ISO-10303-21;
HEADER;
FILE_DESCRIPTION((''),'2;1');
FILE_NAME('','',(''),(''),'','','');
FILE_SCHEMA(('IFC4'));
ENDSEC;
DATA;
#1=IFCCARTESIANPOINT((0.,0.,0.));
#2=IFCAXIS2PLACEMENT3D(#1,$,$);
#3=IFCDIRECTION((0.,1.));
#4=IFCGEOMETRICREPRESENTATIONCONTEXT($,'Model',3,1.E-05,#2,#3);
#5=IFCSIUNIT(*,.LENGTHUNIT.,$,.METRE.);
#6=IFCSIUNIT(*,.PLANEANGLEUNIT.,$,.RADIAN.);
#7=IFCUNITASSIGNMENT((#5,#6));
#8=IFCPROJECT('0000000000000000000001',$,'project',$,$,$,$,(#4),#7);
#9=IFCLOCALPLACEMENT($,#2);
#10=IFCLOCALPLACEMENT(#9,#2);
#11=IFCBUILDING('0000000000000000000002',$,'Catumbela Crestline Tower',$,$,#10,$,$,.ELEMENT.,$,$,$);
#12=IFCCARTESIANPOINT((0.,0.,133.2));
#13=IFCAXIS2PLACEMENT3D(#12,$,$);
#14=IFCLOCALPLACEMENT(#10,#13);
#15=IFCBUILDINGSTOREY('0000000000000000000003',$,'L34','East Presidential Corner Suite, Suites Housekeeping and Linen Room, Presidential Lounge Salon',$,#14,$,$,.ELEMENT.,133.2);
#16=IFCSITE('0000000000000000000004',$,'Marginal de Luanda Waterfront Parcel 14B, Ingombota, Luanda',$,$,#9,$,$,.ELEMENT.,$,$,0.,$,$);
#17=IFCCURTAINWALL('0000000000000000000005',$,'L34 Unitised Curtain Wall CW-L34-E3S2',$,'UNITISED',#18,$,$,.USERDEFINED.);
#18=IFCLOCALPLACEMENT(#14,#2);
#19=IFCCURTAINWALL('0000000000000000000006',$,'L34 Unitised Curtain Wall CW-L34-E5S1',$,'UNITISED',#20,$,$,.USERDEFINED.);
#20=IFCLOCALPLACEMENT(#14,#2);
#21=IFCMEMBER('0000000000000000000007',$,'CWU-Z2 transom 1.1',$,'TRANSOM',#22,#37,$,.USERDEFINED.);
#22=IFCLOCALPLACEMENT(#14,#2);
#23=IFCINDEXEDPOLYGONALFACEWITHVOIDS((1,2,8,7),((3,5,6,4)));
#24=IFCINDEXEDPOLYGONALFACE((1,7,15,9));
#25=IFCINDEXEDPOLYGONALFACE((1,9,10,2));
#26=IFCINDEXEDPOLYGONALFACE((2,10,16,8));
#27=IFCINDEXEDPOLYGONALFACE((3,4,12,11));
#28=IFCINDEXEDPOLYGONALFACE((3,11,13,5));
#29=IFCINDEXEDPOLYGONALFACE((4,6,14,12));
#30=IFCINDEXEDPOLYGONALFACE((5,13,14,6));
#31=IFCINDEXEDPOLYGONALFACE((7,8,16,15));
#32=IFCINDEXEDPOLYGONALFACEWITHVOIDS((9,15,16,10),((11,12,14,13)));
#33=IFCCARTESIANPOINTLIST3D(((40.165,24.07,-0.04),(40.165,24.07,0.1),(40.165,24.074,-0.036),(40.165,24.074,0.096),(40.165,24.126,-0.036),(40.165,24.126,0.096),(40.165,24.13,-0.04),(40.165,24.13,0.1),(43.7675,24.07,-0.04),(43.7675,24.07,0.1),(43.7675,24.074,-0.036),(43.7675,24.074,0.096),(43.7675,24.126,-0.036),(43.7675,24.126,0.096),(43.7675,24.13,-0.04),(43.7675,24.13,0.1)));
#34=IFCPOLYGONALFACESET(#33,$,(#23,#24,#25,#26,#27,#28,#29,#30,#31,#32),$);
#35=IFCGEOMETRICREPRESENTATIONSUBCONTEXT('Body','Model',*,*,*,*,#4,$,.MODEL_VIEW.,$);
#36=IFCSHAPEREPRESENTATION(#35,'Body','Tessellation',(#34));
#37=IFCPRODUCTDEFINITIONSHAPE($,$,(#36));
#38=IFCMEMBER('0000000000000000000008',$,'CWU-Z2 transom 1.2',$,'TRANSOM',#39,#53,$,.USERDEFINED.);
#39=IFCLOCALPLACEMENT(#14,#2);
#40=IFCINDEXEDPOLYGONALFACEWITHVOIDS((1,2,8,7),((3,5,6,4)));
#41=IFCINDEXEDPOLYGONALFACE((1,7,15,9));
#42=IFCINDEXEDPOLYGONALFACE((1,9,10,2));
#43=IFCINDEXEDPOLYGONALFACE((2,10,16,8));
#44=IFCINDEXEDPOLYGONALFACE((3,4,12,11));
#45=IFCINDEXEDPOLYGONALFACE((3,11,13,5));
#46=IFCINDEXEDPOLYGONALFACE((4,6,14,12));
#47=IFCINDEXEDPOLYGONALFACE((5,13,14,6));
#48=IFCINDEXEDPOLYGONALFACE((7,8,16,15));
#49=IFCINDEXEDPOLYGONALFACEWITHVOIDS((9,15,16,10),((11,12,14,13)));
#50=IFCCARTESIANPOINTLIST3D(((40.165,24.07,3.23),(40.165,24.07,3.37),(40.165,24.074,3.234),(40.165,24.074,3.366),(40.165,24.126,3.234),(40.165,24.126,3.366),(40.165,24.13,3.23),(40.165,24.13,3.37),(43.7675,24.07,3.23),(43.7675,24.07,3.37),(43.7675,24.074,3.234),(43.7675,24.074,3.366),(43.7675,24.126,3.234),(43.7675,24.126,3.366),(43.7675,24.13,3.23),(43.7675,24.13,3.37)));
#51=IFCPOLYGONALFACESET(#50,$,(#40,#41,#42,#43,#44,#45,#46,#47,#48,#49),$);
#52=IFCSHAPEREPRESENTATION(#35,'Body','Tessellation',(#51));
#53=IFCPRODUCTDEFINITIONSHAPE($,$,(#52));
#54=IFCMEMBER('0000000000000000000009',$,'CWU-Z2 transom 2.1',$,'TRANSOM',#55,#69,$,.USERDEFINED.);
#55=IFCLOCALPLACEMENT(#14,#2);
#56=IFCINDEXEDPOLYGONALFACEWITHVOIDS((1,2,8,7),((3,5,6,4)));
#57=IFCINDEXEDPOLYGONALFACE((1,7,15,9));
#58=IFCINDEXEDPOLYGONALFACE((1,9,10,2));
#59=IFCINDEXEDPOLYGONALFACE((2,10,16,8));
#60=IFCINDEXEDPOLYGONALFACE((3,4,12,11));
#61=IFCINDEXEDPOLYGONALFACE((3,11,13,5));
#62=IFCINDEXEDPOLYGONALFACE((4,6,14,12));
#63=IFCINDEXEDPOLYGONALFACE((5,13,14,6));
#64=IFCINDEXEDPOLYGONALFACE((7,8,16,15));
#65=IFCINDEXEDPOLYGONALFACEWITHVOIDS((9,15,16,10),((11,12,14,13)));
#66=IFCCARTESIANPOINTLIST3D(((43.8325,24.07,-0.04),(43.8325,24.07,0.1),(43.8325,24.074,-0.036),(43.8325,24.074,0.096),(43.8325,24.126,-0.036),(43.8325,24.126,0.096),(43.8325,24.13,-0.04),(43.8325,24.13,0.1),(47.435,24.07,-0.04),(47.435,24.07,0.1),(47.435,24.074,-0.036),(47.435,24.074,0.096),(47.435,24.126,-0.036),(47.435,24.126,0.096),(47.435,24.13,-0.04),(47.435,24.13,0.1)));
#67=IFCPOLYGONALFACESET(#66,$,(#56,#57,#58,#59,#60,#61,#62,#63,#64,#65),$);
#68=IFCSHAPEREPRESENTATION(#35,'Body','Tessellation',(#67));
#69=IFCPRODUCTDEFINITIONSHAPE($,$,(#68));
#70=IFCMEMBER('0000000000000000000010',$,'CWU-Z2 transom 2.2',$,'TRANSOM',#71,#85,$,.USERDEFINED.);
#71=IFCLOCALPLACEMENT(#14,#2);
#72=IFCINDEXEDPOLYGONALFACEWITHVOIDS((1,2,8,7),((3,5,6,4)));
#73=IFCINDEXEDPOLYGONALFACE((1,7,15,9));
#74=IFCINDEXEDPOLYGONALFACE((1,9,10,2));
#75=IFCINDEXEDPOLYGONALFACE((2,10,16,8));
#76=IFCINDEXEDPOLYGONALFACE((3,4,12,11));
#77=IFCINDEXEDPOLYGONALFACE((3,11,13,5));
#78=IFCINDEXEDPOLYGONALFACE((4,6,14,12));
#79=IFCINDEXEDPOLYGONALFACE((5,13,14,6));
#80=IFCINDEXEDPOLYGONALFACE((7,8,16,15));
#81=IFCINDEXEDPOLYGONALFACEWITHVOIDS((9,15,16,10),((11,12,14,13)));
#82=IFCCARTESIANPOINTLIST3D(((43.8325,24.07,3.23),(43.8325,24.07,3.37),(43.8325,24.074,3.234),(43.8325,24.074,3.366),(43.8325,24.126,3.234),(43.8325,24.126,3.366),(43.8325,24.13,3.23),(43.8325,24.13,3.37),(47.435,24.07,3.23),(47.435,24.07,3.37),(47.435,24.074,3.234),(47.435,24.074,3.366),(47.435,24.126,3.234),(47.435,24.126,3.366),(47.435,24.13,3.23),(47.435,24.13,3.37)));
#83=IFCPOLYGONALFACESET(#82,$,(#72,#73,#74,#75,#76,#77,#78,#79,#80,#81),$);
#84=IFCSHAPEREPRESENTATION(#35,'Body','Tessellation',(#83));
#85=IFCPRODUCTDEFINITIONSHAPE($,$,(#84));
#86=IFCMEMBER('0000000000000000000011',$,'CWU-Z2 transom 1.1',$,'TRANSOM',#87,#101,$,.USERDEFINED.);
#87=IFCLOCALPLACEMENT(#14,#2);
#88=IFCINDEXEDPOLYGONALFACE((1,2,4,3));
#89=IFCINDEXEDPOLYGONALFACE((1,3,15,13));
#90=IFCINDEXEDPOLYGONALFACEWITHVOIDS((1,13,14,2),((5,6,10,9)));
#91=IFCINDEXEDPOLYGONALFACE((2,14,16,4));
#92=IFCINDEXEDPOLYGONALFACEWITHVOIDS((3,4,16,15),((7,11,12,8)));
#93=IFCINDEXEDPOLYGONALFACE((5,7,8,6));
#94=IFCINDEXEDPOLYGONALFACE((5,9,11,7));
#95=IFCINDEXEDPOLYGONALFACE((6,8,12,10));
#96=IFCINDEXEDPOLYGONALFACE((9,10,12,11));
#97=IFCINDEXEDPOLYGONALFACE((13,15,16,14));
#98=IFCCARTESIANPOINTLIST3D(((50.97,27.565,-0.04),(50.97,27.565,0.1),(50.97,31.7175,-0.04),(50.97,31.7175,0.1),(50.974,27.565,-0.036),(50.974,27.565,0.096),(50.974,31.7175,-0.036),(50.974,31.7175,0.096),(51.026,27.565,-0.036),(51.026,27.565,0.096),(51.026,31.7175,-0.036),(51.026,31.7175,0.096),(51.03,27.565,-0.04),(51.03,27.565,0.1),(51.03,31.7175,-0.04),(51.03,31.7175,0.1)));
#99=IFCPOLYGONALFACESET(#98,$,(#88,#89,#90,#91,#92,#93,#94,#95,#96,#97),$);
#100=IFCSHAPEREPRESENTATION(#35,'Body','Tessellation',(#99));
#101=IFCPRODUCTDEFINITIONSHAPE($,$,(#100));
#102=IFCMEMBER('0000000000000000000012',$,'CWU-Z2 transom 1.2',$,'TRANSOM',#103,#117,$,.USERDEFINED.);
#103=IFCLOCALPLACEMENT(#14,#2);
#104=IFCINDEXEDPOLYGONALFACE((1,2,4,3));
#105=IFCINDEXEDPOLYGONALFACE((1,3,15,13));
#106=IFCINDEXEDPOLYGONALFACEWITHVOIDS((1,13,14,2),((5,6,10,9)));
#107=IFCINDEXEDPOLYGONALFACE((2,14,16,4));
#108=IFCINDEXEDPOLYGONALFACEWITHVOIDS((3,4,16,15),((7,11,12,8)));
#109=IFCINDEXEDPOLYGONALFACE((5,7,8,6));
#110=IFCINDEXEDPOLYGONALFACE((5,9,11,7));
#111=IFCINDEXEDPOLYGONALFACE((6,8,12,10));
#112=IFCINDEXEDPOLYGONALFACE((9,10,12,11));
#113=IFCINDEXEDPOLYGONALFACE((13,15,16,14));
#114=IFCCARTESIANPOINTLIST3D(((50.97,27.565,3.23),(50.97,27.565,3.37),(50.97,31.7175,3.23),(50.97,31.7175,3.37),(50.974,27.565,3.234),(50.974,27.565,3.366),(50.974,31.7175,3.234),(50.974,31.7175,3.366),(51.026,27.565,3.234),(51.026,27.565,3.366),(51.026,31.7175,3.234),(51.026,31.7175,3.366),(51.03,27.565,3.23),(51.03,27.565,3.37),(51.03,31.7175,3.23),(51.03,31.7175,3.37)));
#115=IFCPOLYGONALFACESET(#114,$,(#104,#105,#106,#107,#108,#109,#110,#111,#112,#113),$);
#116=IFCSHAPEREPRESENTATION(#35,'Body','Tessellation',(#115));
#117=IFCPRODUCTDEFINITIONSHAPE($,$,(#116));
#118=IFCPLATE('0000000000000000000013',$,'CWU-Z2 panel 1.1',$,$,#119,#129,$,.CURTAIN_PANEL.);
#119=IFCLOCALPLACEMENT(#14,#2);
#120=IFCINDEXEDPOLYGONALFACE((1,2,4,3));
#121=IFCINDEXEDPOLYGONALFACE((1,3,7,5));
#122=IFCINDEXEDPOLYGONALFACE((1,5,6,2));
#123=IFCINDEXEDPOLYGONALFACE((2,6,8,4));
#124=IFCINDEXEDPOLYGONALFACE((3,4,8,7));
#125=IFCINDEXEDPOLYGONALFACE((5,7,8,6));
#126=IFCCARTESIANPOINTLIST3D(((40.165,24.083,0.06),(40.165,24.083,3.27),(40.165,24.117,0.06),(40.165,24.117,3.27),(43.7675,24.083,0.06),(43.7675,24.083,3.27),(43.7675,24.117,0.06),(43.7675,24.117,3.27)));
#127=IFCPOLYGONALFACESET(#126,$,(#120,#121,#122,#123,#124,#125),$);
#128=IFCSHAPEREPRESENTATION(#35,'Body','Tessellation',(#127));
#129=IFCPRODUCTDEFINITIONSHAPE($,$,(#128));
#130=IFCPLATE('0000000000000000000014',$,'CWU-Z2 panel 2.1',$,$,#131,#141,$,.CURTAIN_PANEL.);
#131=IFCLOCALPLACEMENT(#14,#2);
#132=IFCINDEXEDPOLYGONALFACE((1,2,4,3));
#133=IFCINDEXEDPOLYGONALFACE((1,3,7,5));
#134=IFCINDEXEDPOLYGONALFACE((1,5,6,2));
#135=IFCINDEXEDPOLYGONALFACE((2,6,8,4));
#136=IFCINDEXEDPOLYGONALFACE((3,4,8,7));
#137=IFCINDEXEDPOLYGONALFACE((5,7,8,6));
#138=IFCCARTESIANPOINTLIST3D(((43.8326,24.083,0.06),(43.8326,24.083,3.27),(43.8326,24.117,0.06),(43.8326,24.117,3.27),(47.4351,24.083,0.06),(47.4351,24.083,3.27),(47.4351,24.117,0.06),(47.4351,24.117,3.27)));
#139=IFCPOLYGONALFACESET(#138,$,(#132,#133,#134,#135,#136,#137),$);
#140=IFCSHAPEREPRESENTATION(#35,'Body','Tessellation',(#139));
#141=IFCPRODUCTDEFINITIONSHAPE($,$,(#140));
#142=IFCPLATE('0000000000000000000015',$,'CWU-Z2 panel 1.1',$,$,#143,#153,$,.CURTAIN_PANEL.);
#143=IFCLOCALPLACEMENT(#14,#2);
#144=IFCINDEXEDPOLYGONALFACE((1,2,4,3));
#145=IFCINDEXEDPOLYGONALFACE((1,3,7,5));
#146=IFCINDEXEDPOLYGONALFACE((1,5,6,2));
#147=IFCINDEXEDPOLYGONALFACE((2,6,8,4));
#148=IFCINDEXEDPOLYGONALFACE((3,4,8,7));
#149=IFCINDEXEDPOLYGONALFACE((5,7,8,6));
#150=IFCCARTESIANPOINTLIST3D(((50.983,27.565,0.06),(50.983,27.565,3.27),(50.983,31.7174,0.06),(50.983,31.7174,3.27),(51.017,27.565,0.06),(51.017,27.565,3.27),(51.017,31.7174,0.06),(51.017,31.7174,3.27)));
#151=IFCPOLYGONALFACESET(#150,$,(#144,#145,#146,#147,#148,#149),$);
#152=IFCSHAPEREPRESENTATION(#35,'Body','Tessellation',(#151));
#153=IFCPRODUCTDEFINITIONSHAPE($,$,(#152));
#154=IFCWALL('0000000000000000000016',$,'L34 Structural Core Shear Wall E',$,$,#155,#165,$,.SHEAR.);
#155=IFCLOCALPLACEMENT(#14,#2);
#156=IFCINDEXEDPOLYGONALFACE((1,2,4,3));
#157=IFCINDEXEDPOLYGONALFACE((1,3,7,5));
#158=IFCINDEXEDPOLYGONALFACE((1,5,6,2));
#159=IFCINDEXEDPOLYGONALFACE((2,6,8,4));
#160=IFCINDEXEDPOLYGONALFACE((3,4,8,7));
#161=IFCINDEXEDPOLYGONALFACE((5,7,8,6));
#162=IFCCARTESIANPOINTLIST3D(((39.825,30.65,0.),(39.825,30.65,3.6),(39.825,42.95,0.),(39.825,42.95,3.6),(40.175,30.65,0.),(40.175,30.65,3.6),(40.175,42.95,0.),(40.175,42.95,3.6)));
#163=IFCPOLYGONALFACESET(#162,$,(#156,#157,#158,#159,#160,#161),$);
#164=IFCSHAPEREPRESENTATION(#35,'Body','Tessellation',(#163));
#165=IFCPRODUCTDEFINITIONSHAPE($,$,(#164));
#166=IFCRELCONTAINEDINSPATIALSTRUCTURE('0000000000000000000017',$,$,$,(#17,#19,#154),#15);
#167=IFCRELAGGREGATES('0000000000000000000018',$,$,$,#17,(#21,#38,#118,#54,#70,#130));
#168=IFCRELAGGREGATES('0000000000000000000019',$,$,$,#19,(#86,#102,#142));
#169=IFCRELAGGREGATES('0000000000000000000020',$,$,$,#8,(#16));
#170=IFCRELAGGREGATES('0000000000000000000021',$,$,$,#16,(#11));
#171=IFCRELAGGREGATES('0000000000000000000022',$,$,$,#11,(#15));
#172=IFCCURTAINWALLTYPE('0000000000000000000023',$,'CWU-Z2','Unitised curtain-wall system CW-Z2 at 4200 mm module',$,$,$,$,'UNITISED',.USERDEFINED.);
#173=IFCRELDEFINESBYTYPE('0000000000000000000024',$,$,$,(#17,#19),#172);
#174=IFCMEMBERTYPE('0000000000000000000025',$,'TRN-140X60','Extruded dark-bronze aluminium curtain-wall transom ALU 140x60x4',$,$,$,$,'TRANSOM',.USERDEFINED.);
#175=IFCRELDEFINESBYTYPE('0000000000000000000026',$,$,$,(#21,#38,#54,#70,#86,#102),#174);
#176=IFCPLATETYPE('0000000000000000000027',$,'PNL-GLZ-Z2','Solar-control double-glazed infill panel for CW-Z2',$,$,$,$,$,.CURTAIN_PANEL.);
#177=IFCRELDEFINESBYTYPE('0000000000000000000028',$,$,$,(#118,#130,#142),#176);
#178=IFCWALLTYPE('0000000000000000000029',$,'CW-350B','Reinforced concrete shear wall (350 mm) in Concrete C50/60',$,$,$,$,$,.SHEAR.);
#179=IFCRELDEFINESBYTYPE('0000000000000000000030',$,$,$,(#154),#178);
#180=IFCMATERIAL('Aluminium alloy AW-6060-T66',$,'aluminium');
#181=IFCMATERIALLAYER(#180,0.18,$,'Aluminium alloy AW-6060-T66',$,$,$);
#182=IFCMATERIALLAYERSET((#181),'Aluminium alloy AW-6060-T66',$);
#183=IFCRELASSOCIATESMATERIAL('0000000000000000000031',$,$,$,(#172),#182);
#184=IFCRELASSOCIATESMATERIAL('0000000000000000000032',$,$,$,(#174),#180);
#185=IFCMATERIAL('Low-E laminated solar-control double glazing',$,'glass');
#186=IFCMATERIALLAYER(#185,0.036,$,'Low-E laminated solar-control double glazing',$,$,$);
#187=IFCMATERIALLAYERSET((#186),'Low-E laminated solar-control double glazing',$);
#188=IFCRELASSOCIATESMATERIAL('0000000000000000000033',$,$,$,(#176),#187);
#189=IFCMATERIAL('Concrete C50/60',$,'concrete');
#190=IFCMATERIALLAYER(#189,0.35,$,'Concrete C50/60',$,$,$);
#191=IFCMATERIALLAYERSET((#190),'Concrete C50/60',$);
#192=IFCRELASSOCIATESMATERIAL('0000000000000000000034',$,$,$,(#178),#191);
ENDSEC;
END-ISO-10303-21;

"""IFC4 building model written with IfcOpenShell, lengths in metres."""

from ifc_helpers import new_model, si_unit, direction, frame, frame_2d, origin, origin_2d, place, context, subcontext, project, spatial, rectangle, hollow_rectangle, extrude, material, layer, layer_set, material_profile, profile_set, type_object, element, aggregate, save


model = new_model("IFC4")

# Units and contexts
model_context = context("Model", 3, precision=1e-05, world=origin(), true_north=direction((0.0, 1.0)))
body_context = subcontext(model_context, "Body", "Model", "MODEL_VIEW")
ifc_project = project(units=[si_unit("LENGTHUNIT", "METRE"), si_unit("PLANEANGLEUNIT", "RADIAN")], contexts=[model_context])

# Site, building, storey
site_placement = place(None, origin())
site = spatial("IfcSite", under=ifc_project, at=site_placement, Name="Marginal de Luanda Waterfront Parcel 14B, Ingombota, Luanda", CompositionType="ELEMENT", RefElevation=0.0)
building_placement = place(site_placement, origin())
building = spatial("IfcBuilding", under=site, at=building_placement, Name="Catumbela Crestline Tower", CompositionType="ELEMENT")
storey_placement = place(building_placement, frame((0.0, 0.0, 133.2)))
storey = spatial("IfcBuildingStorey", under=building, at=storey_placement, Name="L34", Description="East Presidential Corner Suite, Suites Housekeeping and Linen Room, Presidential Lounge Salon", CompositionType="ELEMENT", Elevation=133.2)

# Shared definitions
ifc_material_1 = material(Name="Concrete C50/60", Category="concrete")

# Shared definitions
ifc_material_2 = material(Name="Aluminium alloy AW-6060-T66", Category="aluminium")
ifc_layer_1 = layer(ifc_material_2, 0.18, Name="Aluminium alloy AW-6060-T66")
ifc_layer_set_1 = layer_set([ifc_layer_1], Name="Aluminium alloy AW-6060-T66")
curtain_wall_type = type_object("IfcCurtainWallType", Name="CWU-Z2", Description="Unitised curtain-wall system CW-Z2 at 4200 mm module", ElementType="UNITISED", PredefinedType="USERDEFINED", material=ifc_layer_set_1)

# Curtain wall
curtain_wall_1_placement = place(storey_placement, origin())
curtain_wall_1 = element("IfcCurtainWall", 1, at=curtain_wall_1_placement, inside=storey, type_object=curtain_wall_type, Name="L34 Unitised Curtain Wall CW-L34-E3S2", ObjectType="UNITISED", PredefinedType="USERDEFINED")

# Curtain wall
curtain_wall_2_placement = place(storey_placement, origin())
curtain_wall_2 = element("IfcCurtainWall", 2, at=curtain_wall_2_placement, inside=storey, type_object=curtain_wall_type, Name="L34 Unitised Curtain Wall CW-L34-E5S1", ObjectType="UNITISED", PredefinedType="USERDEFINED")

# Members
ifc_material_profile_1 = material_profile(ifc_material_2, hollow_rectangle(XDim=0.06, YDim=0.14, WallThickness=0.004, at=origin_2d()), Name="ALU 140x60x4")
ifc_profile_set_1 = profile_set([ifc_material_profile_1], Name="Aluminium alloy AW-6060-T66")
member_type_1 = type_object("IfcMemberType", Name="TRN-140X60", Description="Extruded dark-bronze aluminium curtain-wall transom ALU 140x60x4", ElementType="TRANSOM", PredefinedType="USERDEFINED", material=ifc_profile_set_1)
member_1_placement = place(storey_placement, frame((40.165, 24.1, 0.03), z_axis=(1.0, 0.0, 0.0), x_axis=(0.0, 1.0, 0.0)))
member_1 = element("IfcMember", 3, at=member_1_placement, type_object=member_type_1, Name="CWU-Z2 transom 1.1", ObjectType="TRANSOM", PredefinedType="USERDEFINED", context=body_context, shape_type="SweptSolid", body=[
    extrude(hollow_rectangle(XDim=0.06, YDim=0.14, WallThickness=0.004, at=origin_2d()), origin(), (0.0, 0.0, 1.0), 3.6025),
])
member_2_placement = place(storey_placement, frame((40.165, 24.1, 3.3), z_axis=(1.0, 0.0, 0.0), x_axis=(0.0, 1.0, 0.0)))
member_2 = element("IfcMember", 4, at=member_2_placement, type_object=member_type_1, Name="CWU-Z2 transom 1.2", ObjectType="TRANSOM", PredefinedType="USERDEFINED", context=body_context, shape_type="SweptSolid", body=[
    extrude(hollow_rectangle(XDim=0.06, YDim=0.14, WallThickness=0.004, at=origin_2d()), origin(), (0.0, 0.0, 1.0), 3.6025),
])
member_3_placement = place(storey_placement, frame((43.8325, 24.1, 0.03), z_axis=(1.0, 0.0, 0.0), x_axis=(0.0, 1.0, 0.0)))
member_3 = element("IfcMember", 5, at=member_3_placement, type_object=member_type_1, Name="CWU-Z2 transom 2.1", ObjectType="TRANSOM", PredefinedType="USERDEFINED", context=body_context, shape_type="SweptSolid", body=[
    extrude(hollow_rectangle(XDim=0.06, YDim=0.14, WallThickness=0.004, at=origin_2d()), origin(), (0.0, 0.0, 1.0), 3.6025),
])
member_4_placement = place(storey_placement, frame((43.8325, 24.1, 3.3), z_axis=(1.0, 0.0, 0.0), x_axis=(0.0, 1.0, 0.0)))
member_4 = element("IfcMember", 6, at=member_4_placement, type_object=member_type_1, Name="CWU-Z2 transom 2.2", ObjectType="TRANSOM", PredefinedType="USERDEFINED", context=body_context, shape_type="SweptSolid", body=[
    extrude(hollow_rectangle(XDim=0.06, YDim=0.14, WallThickness=0.004, at=origin_2d()), origin(), (0.0, 0.0, 1.0), 3.6025),
])
member_5_placement = place(storey_placement, frame((51.0, 27.565, 0.03), z_axis=(0.0, 1.0, 0.0), x_axis=(-1.0, 0.0, 0.0)))
member_5 = element("IfcMember", 7, at=member_5_placement, type_object=member_type_1, Name="CWU-Z2 transom 1.1", ObjectType="TRANSOM", PredefinedType="USERDEFINED", context=body_context, shape_type="SweptSolid", body=[
    extrude(hollow_rectangle(XDim=0.06, YDim=0.14, WallThickness=0.004, at=origin_2d()), origin(), (0.0, 0.0, 1.0), 4.1525),
])
member_6_placement = place(storey_placement, frame((51.0, 27.565, 3.3), z_axis=(0.0, 1.0, 0.0), x_axis=(-1.0, 0.0, 0.0)))
member_6 = element("IfcMember", 8, at=member_6_placement, type_object=member_type_1, Name="CWU-Z2 transom 1.2", ObjectType="TRANSOM", PredefinedType="USERDEFINED", context=body_context, shape_type="SweptSolid", body=[
    extrude(hollow_rectangle(XDim=0.06, YDim=0.14, WallThickness=0.004, at=origin_2d()), origin(), (0.0, 0.0, 1.0), 4.1525),
])

# Plates
ifc_material_3 = material(Name="Low-E laminated solar-control double glazing", Category="glass")
ifc_layer_2 = layer(ifc_material_3, 0.036, Name="Low-E laminated solar-control double glazing")
ifc_layer_set_2 = layer_set([ifc_layer_2], Name="Low-E laminated solar-control double glazing")
plate_type = type_object("IfcPlateType", Name="PNL-GLZ-Z2", Description="Solar-control double-glazed infill panel for CW-Z2", PredefinedType="CURTAIN_PANEL", material=ifc_layer_set_2)
plate_1_placement = place(storey_placement, frame((41.9662, 24.1, 0.06), z_axis=(0.0, 0.0, 1.0), x_axis=(1.0, 0.0, 0.0)))
plate_1 = element("IfcPlate", 9, at=plate_1_placement, type_object=plate_type, Name="CWU-Z2 panel 1.1", PredefinedType="CURTAIN_PANEL", context=body_context, shape_type="SweptSolid", body=[
    extrude(rectangle(XDim=3.6025, YDim=0.034, at=origin_2d()), origin(), (0.0, 0.0, 1.0), 3.21),
])
plate_2_placement = place(storey_placement, frame((45.6338, 24.1, 0.06), z_axis=(0.0, 0.0, 1.0), x_axis=(1.0, 0.0, 0.0)))
plate_2 = element("IfcPlate", 10, at=plate_2_placement, type_object=plate_type, Name="CWU-Z2 panel 2.1", PredefinedType="CURTAIN_PANEL", context=body_context, shape_type="SweptSolid", body=[
    extrude(rectangle(XDim=3.6025, YDim=0.034, at=origin_2d()), origin(), (0.0, 0.0, 1.0), 3.21),
])
aggregate(curtain_wall_1, [member_1, member_2, plate_1, member_3, member_4, plate_2])
plate_3_placement = place(storey_placement, frame((51.0, 29.6412, 0.06), z_axis=(0.0, 0.0, 1.0), x_axis=(0.0, 1.0, 0.0)))
plate_3 = element("IfcPlate", 11, at=plate_3_placement, type_object=plate_type, Name="CWU-Z2 panel 1.1", PredefinedType="CURTAIN_PANEL", context=body_context, shape_type="SweptSolid", body=[
    extrude(rectangle(XDim=4.1525, YDim=0.034, at=origin_2d()), origin(), (0.0, 0.0, 1.0), 3.21),
])
aggregate(curtain_wall_2, [member_5, member_6, plate_3])

# Wall
ifc_layer_3 = layer(ifc_material_1, 0.35, Name="Concrete C50/60")
ifc_layer_set_3 = layer_set([ifc_layer_3], Name="Concrete C50/60")
wall_type_1 = type_object("IfcWallType", Name="CW-350B", Description="Reinforced concrete shear wall (350 mm) in Concrete C50/60", PredefinedType="SHEAR", material=ifc_layer_set_3)
wall_1_placement = place(storey_placement, frame((40.0, 30.65, 0.0), z_axis=(0.0, 0.0, 1.0), x_axis=(0.0, 1.0, 0.0)))
element("IfcWall", 12, at=wall_1_placement, inside=storey, type_object=wall_type_1, Name="L34 Structural Core Shear Wall E", PredefinedType="SHEAR", context=body_context, shape_type="SweptSolid", body=[
    extrude(rectangle(XDim=12.3, YDim=0.35, at=frame_2d((6.15, 0.0))), origin(), (0.0, 0.0, 1.0), 3.6),
])

save(model, "model.ifc")
